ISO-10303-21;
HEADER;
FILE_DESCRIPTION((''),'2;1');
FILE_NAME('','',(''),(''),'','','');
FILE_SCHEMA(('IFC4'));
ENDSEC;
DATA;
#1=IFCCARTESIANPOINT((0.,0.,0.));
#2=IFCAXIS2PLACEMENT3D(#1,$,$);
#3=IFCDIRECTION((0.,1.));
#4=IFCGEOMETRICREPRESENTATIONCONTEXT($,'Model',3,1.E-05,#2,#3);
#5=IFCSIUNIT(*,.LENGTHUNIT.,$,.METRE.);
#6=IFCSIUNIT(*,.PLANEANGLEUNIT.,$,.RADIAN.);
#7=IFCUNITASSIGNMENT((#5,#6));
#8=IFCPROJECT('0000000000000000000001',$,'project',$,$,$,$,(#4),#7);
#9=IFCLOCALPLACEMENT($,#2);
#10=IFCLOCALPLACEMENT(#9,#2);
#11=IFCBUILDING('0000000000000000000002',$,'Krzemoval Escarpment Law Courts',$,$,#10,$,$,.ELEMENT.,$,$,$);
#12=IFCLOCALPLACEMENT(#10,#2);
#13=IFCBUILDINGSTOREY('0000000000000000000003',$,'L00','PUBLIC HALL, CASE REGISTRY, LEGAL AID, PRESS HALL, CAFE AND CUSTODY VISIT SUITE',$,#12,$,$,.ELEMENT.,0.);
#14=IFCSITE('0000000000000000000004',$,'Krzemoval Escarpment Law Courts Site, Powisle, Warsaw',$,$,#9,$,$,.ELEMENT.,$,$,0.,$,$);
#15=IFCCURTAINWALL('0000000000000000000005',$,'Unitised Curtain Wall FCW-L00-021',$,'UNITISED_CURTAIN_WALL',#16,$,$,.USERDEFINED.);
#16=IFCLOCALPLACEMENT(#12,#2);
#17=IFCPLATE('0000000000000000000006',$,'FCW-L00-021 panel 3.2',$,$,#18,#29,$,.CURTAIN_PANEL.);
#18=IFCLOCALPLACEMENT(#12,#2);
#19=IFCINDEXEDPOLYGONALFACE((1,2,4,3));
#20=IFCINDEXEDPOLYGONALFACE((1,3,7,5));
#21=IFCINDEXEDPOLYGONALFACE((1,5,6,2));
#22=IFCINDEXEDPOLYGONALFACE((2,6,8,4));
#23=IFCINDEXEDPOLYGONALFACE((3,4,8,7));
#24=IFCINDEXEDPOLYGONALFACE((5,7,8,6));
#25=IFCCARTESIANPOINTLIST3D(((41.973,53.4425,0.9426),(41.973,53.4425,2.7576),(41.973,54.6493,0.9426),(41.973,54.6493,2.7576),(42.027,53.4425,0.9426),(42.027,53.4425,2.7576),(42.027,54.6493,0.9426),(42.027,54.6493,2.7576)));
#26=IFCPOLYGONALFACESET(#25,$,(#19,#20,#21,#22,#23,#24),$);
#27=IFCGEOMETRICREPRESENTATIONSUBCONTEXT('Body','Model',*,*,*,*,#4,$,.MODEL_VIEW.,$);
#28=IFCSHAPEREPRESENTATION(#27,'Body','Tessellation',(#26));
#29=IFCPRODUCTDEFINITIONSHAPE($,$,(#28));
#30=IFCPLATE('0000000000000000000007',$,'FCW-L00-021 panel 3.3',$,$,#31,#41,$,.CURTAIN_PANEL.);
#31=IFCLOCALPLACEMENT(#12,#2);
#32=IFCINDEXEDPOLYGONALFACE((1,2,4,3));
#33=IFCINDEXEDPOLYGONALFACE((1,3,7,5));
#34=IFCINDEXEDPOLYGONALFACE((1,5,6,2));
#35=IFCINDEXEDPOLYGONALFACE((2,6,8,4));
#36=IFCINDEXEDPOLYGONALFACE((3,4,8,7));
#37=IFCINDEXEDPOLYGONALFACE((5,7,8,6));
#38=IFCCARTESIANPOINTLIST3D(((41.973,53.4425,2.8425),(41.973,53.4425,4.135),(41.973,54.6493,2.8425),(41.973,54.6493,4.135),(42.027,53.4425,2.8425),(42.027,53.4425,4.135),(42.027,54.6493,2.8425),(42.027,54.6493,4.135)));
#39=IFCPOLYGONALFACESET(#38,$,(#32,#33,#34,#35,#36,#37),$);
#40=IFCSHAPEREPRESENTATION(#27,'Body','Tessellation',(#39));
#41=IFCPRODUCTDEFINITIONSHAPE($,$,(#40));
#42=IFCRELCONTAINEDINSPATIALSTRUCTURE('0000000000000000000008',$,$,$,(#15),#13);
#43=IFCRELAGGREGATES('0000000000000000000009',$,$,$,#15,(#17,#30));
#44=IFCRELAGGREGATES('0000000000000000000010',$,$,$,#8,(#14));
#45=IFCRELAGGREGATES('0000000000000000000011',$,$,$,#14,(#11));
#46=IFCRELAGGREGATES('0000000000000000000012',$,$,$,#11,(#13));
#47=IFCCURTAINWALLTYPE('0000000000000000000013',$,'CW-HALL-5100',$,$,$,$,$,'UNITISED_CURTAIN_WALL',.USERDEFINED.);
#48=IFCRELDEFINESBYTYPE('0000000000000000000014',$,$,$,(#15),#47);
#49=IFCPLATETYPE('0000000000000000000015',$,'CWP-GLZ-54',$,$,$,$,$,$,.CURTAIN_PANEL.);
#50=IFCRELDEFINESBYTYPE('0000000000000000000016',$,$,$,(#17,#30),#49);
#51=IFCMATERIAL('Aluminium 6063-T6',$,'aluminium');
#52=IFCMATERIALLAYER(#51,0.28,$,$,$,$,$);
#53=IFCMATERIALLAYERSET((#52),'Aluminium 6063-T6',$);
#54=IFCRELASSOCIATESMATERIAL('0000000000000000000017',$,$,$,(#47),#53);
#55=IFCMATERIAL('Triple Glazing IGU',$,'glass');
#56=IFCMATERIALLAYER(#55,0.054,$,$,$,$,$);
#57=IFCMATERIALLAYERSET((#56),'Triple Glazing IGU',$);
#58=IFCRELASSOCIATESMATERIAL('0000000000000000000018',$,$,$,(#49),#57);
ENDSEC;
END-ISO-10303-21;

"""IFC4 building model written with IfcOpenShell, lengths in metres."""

from ifc_helpers import new_model, si_unit, direction, frame, origin, origin_2d, place, context, subcontext, project, spatial, rectangle, extrude, material, layer, layer_set, type_object, element, aggregate, save


model = new_model("IFC4")

# Units and contexts
model_context = context("Model", 3, precision=1e-05, world=origin(), true_north=direction((0.0, 1.0)))
body_context = subcontext(model_context, "Body", "Model", "MODEL_VIEW")
ifc_project = project(units=[si_unit("LENGTHUNIT", "METRE"), si_unit("PLANEANGLEUNIT", "RADIAN")], contexts=[model_context])

# Site, building, storey
site_placement = place(None, origin())
site = spatial("IfcSite", under=ifc_project, at=site_placement, Name="Krzemoval Escarpment Law Courts Site, Powisle, Warsaw", CompositionType="ELEMENT", RefElevation=0.0)
building_placement = place(site_placement, origin())
building = spatial("IfcBuilding", under=site, at=building_placement, Name="Krzemoval Escarpment Law Courts", CompositionType="ELEMENT")
storey_placement = place(building_placement, origin())
storey = spatial("IfcBuildingStorey", under=building, at=storey_placement, Name="L00", Description="PUBLIC HALL, CASE REGISTRY, LEGAL AID, PRESS HALL, CAFE AND CUSTODY VISIT SUITE", CompositionType="ELEMENT", Elevation=0.0)

# Shared definitions
ifc_material_1 = material(Name="Aluminium 6063-T6", Category="aluminium")
ifc_layer_1 = layer(ifc_material_1, 0.28)
ifc_layer_set_1 = layer_set([ifc_layer_1], Name="Aluminium 6063-T6")
curtain_wall_type = type_object("IfcCurtainWallType", Name="CW-HALL-5100", ElementType="UNITISED_CURTAIN_WALL", PredefinedType="USERDEFINED", material=ifc_layer_set_1)

# Curtain wall
curtain_wall_1_placement = place(storey_placement, origin())
curtain_wall_1 = element("IfcCurtainWall", 1, at=curtain_wall_1_placement, inside=storey, type_object=curtain_wall_type, Name="Unitised Curtain Wall FCW-L00-021", ObjectType="UNITISED_CURTAIN_WALL", PredefinedType="USERDEFINED")

# Plates
ifc_material_2 = material(Name="Triple Glazing IGU", Category="glass")
ifc_layer_2 = layer(ifc_material_2, 0.054)
ifc_layer_set_2 = layer_set([ifc_layer_2], Name="Triple Glazing IGU")
plate_type = type_object("IfcPlateType", Name="CWP-GLZ-54", PredefinedType="CURTAIN_PANEL", material=ifc_layer_set_2)
plate_1_placement = place(storey_placement, frame((42.0, 54.0459, 0.9426), z_axis=(0.0, 0.0, 1.0), x_axis=(0.0, -1.0, 0.0)))
plate_1 = element("IfcPlate", 2, at=plate_1_placement, type_object=plate_type, Name="FCW-L00-021 panel 3.2", PredefinedType="CURTAIN_PANEL", context=body_context, shape_type="SweptSolid", body=[
    extrude(rectangle(XDim=1.2068, YDim=0.054, at=origin_2d()), origin(), (0.0, 0.0, 1.0), 1.8149),
])
plate_2_placement = place(storey_placement, frame((42.0, 54.0459, 2.8425), z_axis=(0.0, 0.0, 1.0), x_axis=(0.0, -1.0, 0.0)))
plate_2 = element("IfcPlate", 3, at=plate_2_placement, type_object=plate_type, Name="FCW-L00-021 panel 3.3", PredefinedType="CURTAIN_PANEL", context=body_context, shape_type="SweptSolid", body=[
    extrude(rectangle(XDim=1.2068, YDim=0.054, at=origin_2d()), origin(), (0.0, 0.0, 1.0), 1.2925),
])
aggregate(curtain_wall_1, [plate_1, plate_2])

save(model, "model.ifc")
